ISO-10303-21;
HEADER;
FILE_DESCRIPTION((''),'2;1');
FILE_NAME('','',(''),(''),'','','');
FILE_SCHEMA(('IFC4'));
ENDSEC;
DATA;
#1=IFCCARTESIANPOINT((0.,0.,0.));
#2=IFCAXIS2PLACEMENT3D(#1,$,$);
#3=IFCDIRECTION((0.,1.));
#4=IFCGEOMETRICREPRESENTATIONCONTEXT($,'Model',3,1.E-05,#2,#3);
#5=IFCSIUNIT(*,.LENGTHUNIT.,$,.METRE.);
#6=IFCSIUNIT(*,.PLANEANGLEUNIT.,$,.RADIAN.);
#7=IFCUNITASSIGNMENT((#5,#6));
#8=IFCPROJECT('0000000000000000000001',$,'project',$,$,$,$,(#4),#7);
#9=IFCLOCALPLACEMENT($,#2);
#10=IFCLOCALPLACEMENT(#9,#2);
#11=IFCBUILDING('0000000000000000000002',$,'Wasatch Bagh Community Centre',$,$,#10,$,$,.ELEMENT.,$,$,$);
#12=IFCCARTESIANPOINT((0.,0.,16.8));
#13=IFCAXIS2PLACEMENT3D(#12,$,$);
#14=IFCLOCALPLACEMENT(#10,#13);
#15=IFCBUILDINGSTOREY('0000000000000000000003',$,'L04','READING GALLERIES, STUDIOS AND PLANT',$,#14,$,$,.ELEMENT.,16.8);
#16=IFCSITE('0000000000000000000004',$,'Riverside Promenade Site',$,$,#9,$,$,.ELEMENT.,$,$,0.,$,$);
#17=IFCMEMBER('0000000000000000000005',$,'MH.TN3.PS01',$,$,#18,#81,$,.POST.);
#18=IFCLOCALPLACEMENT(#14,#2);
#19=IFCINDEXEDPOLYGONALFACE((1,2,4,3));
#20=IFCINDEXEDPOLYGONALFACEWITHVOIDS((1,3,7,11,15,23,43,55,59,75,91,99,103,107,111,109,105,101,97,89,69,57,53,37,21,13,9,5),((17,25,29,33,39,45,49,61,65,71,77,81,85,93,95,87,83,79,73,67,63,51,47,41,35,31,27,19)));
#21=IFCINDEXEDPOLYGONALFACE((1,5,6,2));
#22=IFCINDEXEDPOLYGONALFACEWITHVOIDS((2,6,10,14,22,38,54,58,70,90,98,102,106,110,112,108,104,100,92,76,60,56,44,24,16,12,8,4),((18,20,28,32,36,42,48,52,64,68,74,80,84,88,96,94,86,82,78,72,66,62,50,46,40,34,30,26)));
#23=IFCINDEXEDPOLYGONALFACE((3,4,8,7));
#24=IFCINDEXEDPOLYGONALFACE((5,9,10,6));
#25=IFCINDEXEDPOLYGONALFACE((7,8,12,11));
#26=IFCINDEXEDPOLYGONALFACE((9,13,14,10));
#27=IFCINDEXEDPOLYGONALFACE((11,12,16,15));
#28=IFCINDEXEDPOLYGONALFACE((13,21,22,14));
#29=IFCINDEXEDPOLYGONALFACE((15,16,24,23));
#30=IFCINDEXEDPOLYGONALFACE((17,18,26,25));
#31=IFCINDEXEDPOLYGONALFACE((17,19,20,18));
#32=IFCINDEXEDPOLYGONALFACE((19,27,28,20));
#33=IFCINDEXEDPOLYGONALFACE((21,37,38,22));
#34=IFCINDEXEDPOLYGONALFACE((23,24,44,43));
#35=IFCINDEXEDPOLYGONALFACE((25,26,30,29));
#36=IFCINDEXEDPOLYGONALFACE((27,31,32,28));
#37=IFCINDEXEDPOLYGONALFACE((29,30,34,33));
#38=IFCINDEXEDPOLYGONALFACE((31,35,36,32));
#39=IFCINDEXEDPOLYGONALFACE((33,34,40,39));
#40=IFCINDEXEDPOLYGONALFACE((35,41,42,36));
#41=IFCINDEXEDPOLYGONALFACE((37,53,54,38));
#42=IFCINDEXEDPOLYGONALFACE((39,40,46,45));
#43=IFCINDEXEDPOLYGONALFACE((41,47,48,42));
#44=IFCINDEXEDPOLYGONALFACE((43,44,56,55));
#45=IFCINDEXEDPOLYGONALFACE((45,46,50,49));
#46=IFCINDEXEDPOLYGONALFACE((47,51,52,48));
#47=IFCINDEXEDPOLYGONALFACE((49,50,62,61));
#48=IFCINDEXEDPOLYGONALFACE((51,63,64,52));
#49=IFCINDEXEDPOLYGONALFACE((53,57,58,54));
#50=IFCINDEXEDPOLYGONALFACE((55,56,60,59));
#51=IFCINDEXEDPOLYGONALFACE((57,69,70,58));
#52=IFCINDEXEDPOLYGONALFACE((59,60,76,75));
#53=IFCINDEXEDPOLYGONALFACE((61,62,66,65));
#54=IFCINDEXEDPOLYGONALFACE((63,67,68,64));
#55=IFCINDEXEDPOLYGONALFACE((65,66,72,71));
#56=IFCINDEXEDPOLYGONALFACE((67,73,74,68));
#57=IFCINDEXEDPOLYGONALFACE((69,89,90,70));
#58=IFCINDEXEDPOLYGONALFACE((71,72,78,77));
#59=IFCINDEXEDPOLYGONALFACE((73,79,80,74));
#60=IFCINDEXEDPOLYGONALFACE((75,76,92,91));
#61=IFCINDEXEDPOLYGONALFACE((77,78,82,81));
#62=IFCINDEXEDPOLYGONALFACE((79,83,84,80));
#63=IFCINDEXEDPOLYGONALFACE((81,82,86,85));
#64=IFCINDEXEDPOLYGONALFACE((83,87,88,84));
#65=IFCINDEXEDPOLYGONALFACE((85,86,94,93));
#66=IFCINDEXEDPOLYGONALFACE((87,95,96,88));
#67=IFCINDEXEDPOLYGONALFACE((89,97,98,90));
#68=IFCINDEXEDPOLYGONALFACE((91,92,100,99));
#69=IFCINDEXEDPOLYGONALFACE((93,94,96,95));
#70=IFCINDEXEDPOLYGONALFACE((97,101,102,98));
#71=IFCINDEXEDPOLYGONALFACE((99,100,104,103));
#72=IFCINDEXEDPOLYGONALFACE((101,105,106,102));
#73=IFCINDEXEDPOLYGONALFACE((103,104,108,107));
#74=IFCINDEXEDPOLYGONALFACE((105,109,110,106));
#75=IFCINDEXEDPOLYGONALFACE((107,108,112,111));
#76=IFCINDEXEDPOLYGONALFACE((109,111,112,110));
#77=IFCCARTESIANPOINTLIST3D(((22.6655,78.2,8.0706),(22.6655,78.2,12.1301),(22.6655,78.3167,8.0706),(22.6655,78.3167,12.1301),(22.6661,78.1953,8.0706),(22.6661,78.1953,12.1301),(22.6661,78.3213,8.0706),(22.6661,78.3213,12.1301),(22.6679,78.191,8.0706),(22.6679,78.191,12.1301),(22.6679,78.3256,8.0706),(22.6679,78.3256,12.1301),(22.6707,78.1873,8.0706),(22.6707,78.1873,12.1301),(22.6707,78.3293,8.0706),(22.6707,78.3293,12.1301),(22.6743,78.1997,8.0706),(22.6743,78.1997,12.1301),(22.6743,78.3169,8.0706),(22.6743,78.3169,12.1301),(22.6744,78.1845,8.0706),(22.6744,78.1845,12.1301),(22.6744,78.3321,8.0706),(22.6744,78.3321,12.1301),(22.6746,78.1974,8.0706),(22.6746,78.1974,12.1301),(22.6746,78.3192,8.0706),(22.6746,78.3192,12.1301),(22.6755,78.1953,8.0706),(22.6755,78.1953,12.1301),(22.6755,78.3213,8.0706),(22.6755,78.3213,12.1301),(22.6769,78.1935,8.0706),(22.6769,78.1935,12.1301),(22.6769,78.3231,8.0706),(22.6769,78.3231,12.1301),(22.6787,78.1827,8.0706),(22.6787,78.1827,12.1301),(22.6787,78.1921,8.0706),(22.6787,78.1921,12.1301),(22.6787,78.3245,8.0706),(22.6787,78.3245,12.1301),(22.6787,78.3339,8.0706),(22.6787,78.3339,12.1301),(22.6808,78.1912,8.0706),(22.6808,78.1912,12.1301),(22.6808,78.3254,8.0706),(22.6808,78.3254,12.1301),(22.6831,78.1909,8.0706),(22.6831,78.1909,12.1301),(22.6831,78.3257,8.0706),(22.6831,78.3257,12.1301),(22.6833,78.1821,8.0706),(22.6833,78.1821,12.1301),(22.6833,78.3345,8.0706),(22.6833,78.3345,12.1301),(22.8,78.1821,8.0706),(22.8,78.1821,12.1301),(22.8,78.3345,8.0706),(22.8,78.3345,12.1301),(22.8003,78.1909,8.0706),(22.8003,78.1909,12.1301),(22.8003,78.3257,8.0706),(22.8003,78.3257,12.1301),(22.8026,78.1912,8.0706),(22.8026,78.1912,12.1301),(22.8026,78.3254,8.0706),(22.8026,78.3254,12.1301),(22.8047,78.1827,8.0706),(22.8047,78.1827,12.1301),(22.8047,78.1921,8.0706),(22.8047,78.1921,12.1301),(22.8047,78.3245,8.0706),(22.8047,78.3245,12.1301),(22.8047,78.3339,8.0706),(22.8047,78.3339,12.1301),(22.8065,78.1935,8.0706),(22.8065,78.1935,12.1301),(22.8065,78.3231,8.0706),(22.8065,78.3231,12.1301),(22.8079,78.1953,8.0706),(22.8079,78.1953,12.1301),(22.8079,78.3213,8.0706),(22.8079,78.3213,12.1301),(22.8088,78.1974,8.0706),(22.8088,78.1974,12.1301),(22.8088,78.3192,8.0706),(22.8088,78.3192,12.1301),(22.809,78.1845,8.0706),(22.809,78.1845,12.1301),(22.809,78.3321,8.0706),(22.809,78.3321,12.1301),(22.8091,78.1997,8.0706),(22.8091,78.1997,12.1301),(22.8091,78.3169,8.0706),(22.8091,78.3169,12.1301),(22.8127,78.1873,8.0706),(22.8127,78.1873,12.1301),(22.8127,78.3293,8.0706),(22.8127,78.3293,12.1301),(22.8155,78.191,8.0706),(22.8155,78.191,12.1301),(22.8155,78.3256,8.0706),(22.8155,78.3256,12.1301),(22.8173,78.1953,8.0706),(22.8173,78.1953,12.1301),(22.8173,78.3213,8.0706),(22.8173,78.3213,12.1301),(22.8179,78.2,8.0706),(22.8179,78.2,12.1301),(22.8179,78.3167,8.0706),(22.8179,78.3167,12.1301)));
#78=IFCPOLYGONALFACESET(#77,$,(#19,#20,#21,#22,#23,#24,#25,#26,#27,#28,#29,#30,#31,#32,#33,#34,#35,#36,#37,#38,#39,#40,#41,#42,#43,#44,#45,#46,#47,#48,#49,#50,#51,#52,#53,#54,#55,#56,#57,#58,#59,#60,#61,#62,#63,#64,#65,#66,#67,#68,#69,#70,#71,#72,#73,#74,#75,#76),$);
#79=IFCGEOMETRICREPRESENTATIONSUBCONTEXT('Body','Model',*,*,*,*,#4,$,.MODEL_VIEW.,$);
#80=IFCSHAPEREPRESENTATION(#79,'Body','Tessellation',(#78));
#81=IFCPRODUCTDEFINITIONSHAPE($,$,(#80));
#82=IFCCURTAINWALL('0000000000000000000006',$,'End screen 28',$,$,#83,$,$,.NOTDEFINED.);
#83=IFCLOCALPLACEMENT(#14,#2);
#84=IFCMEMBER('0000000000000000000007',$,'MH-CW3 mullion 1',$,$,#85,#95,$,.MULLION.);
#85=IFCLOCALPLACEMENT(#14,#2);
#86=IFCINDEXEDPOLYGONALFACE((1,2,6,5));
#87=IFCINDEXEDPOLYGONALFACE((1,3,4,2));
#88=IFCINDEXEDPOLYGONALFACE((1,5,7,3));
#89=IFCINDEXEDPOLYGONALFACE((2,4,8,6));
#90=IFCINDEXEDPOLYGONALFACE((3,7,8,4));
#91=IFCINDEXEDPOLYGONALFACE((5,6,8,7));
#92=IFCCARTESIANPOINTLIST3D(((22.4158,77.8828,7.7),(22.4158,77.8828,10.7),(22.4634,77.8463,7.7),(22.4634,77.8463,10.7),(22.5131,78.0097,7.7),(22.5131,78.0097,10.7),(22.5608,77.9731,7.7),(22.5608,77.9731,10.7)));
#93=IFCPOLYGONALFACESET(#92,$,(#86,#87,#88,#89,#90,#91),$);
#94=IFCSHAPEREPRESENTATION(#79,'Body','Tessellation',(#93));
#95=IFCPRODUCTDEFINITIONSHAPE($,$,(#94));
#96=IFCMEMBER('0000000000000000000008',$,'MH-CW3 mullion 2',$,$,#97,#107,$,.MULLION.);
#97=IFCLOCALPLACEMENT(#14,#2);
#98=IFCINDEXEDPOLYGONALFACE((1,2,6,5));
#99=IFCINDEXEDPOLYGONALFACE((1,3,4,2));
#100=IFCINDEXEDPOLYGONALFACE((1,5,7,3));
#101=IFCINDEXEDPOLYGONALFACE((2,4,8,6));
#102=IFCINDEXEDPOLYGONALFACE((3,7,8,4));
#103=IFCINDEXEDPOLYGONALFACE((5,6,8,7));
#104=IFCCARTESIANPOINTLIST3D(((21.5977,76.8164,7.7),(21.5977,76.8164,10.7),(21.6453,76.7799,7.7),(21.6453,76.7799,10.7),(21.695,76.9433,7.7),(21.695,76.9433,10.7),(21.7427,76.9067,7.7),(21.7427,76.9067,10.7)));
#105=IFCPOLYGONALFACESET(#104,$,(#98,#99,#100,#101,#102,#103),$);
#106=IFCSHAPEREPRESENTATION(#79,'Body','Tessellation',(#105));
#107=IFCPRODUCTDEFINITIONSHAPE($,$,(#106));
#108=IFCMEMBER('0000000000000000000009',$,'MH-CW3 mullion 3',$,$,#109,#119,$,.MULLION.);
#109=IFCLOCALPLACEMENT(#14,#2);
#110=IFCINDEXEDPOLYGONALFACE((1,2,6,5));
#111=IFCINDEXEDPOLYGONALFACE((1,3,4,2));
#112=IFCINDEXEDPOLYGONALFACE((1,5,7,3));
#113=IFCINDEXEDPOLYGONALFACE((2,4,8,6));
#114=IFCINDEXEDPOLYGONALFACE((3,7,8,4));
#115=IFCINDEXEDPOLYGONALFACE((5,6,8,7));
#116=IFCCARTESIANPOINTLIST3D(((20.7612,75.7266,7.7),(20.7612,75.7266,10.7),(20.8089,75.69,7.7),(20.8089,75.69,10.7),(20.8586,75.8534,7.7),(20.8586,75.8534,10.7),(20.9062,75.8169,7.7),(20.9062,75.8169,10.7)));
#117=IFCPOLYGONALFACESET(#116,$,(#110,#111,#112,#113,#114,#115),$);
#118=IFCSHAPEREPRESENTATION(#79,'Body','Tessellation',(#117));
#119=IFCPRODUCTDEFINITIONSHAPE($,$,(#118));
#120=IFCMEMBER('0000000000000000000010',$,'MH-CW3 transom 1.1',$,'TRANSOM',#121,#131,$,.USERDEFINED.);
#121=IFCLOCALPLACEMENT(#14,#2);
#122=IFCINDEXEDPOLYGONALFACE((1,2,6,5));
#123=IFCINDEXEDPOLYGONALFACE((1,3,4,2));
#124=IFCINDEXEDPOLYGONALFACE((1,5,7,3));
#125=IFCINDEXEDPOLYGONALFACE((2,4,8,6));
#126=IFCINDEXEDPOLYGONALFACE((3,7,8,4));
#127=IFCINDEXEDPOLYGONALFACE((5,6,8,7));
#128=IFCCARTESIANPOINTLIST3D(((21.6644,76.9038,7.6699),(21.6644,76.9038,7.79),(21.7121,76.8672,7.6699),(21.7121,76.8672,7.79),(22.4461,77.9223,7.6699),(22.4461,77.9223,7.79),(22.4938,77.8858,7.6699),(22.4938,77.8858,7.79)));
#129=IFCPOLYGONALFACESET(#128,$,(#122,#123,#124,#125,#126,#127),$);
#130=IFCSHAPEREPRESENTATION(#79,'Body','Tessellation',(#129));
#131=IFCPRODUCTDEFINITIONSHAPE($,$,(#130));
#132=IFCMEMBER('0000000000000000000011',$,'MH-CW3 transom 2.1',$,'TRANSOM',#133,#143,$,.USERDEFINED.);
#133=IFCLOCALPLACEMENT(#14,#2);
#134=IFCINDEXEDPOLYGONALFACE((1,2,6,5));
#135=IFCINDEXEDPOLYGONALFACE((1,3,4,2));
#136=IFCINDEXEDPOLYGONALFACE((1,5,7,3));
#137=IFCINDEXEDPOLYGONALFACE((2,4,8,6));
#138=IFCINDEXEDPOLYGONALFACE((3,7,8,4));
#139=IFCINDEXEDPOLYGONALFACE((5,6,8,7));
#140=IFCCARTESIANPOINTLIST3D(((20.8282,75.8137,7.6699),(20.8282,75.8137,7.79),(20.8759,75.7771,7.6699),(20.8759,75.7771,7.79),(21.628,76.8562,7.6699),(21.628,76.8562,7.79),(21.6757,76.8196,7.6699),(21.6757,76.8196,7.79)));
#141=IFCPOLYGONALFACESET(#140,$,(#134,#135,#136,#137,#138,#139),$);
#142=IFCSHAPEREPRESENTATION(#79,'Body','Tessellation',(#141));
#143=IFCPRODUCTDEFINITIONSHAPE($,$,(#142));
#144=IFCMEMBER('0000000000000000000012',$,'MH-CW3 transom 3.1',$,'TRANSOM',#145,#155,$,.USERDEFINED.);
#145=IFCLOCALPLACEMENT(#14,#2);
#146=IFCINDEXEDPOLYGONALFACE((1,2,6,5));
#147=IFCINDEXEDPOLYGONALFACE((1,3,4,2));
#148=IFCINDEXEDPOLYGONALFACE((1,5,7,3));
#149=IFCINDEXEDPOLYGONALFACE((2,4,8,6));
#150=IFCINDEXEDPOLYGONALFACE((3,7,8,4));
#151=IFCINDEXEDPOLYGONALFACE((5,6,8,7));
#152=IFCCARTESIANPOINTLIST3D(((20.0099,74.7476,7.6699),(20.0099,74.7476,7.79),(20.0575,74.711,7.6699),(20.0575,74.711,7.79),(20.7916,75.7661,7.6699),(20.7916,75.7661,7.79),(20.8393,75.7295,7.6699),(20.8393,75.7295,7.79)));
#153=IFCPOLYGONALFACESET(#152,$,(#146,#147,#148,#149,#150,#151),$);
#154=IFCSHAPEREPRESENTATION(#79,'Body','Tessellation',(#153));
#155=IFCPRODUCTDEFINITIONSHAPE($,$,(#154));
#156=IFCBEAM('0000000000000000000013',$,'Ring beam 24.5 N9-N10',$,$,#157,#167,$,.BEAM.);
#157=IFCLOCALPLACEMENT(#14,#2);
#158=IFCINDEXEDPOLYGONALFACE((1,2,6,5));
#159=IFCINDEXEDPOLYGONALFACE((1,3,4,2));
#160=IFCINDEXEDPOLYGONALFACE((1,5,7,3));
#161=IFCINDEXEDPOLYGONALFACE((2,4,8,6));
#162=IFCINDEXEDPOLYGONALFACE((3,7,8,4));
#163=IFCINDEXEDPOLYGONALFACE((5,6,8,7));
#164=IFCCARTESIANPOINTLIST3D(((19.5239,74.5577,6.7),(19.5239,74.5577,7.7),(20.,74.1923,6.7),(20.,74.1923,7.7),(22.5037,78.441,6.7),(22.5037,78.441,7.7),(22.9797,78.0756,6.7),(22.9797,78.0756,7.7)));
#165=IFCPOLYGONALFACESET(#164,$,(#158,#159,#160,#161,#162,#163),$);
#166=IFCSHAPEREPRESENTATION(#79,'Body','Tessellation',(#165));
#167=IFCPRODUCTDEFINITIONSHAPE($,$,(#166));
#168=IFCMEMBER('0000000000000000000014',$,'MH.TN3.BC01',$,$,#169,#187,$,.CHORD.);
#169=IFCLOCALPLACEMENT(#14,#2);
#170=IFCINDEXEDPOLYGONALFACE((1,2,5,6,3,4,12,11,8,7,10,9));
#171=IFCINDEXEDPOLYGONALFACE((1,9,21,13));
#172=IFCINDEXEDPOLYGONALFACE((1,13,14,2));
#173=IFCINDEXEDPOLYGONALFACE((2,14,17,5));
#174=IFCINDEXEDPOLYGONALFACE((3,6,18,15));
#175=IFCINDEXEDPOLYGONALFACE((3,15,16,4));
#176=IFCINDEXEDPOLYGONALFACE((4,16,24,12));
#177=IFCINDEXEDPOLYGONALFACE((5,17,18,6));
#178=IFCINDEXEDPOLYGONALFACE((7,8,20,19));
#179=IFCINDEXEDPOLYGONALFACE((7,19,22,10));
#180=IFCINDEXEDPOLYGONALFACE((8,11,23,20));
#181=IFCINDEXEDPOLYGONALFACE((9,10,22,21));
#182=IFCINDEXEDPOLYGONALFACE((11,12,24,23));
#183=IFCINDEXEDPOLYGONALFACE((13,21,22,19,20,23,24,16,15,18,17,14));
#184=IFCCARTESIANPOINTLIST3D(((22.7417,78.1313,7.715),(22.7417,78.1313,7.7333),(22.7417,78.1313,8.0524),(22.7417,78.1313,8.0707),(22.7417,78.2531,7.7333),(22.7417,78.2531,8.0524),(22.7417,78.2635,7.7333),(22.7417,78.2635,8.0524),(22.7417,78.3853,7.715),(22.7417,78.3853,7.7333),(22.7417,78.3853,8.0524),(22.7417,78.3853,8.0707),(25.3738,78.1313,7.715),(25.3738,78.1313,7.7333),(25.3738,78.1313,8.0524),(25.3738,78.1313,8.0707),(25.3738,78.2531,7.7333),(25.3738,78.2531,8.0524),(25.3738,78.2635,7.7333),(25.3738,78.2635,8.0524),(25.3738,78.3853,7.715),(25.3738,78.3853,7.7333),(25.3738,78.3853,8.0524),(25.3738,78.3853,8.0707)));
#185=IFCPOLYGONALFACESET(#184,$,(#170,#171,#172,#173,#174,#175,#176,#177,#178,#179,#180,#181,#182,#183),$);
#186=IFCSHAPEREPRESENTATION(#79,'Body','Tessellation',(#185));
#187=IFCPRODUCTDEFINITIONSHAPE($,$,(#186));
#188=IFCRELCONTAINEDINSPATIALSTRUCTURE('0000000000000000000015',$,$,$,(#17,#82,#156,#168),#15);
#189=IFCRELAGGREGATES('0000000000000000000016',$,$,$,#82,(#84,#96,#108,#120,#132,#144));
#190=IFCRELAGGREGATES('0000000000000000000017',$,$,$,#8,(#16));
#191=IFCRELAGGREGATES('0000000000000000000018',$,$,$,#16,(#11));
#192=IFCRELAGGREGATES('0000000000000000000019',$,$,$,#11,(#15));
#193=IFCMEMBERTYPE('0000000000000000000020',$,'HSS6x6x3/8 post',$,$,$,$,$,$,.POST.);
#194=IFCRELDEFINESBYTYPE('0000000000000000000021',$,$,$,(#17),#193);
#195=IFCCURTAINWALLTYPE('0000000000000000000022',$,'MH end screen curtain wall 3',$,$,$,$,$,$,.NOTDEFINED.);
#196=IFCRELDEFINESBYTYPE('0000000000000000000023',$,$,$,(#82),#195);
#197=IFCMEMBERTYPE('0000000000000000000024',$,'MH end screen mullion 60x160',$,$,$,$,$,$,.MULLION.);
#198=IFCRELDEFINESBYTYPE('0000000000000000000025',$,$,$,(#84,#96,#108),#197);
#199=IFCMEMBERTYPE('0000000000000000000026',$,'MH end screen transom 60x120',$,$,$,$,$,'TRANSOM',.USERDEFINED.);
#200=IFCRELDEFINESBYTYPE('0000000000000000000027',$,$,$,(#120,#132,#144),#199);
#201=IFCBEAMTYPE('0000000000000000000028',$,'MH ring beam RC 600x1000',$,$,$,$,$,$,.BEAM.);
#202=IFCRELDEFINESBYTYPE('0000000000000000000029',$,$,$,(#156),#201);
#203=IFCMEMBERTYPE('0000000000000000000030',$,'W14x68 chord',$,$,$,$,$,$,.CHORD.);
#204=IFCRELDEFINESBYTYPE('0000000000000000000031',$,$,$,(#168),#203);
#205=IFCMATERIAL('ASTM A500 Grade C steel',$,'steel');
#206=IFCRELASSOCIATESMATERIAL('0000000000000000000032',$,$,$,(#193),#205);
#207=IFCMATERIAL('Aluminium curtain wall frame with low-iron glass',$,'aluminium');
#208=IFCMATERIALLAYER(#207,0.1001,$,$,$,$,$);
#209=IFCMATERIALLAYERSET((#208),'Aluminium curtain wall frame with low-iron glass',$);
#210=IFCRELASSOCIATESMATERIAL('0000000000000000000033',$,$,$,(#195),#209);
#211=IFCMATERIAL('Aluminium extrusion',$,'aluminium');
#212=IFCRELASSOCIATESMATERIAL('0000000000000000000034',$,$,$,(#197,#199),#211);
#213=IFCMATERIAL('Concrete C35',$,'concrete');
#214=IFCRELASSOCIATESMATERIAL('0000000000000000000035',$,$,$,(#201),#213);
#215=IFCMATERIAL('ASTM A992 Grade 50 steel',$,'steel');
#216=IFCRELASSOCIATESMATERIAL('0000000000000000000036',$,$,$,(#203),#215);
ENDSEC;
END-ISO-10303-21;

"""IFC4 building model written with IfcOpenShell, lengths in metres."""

from ifc_helpers import new_model, si_unit, direction, frame, origin, origin_2d, place, context, subcontext, project, spatial, rectangle, hollow_rectangle, i_section, extrude, material, layer, layer_set, material_profile, profile_set, type_object, element, aggregate, save


model = new_model("IFC4")

# Units and contexts
model_context = context("Model", 3, precision=1e-05, world=origin(), true_north=direction((0.0, 1.0)))
body_context = subcontext(model_context, "Body", "Model", "MODEL_VIEW")
ifc_project = project(units=[si_unit("LENGTHUNIT", "METRE"), si_unit("PLANEANGLEUNIT", "RADIAN")], contexts=[model_context])

# Site, building, storey
site_placement = place(None, origin())
site = spatial("IfcSite", under=ifc_project, at=site_placement, Name="Riverside Promenade Site", CompositionType="ELEMENT", RefElevation=0.0)
building_placement = place(site_placement, origin())
building = spatial("IfcBuilding", under=site, at=building_placement, Name="Wasatch Bagh Community Centre", CompositionType="ELEMENT")
storey_placement = place(building_placement, frame((0.0, 0.0, 16.8)))
storey = spatial("IfcBuildingStorey", under=building, at=storey_placement, Name="L04", Description="READING GALLERIES, STUDIOS AND PLANT", CompositionType="ELEMENT", Elevation=16.8)

# Member
ifc_material_1 = material(Name="ASTM A500 Grade C steel", Category="steel")
ifc_material_profile_1 = material_profile(ifc_material_1, hollow_rectangle(XDim=0.1523, YDim=0.1523, WallThickness=0.0088, InnerFilletRadius=0.0088, OuterFilletRadius=0.0178, at=origin_2d()), Name="HSS6x6x3/8")
ifc_profile_set_1 = profile_set([ifc_material_profile_1], Name="ASTM A500 Grade C steel")
member_type_1 = type_object("IfcMemberType", Name="HSS6x6x3/8 post", PredefinedType="POST", material=ifc_profile_set_1)
member_1_placement = place(storey_placement, frame((22.7417, 78.2583, 8.0706), z_axis=(0.0, 0.0, 1.0), x_axis=(1.0, 0.0, 0.0)))
element("IfcMember", 1, at=member_1_placement, inside=storey, type_object=member_type_1, Name="MH.TN3.PS01", PredefinedType="POST", context=body_context, shape_type="SweptSolid", body=[
    extrude(hollow_rectangle(XDim=0.1523, YDim=0.1523, WallThickness=0.0088, InnerFilletRadius=0.0088, OuterFilletRadius=0.0178, at=origin_2d()), origin(), (0.0, 0.0, 1.0), 4.0596),
])

# Curtain wall, members
ifc_material_2 = material(Name="Aluminium curtain wall frame with low-iron glass", Category="aluminium")
ifc_layer_1 = layer(ifc_material_2, 0.1001)
ifc_layer_set_1 = layer_set([ifc_layer_1], Name="Aluminium curtain wall frame with low-iron glass")
curtain_wall_type = type_object("IfcCurtainWallType", Name="MH end screen curtain wall 3", PredefinedType="NOTDEFINED", material=ifc_layer_set_1)
curtain_wall_placement = place(storey_placement, origin())
curtain_wall = element("IfcCurtainWall", 2, at=curtain_wall_placement, inside=storey, type_object=curtain_wall_type, Name="End screen 28", PredefinedType="NOTDEFINED")
ifc_material_3 = material(Name="Aluminium extrusion", Category="aluminium")
ifc_material_profile_2 = material_profile(ifc_material_3, rectangle(XDim=0.0601, YDim=0.1599, at=origin_2d()), Name="AL 60x160")
ifc_profile_set_2 = profile_set([ifc_material_profile_2], Name="Aluminium extrusion")
member_type_2 = type_object("IfcMemberType", Name="MH end screen mullion 60x160", PredefinedType="MULLION", material=ifc_profile_set_2)
member_2_placement = place(storey_placement, frame((22.4883, 77.928, 7.7), z_axis=(0.0, 0.0, 1.0), x_axis=(0.793353, -0.608761, 0.0)))
member_2 = element("IfcMember", 3, at=member_2_placement, type_object=member_type_2, Name="MH-CW3 mullion 1", PredefinedType="MULLION", context=body_context, shape_type="SweptSolid", body=[
    extrude(rectangle(XDim=0.0601, YDim=0.1599, at=origin_2d()), origin(), (0.0, 0.0, 1.0), 3.0),
])
member_3_placement = place(storey_placement, frame((21.6702, 76.8616, 7.7), z_axis=(0.0, 0.0, 1.0), x_axis=(0.793353, -0.608761, 0.0)))
member_3 = element("IfcMember", 4, at=member_3_placement, type_object=member_type_2, Name="MH-CW3 mullion 2", PredefinedType="MULLION", context=body_context, shape_type="SweptSolid", body=[
    extrude(rectangle(XDim=0.0601, YDim=0.1599, at=origin_2d()), origin(), (0.0, 0.0, 1.0), 3.0),
])
member_4_placement = place(storey_placement, frame((20.8337, 75.7717, 7.7), z_axis=(0.0, 0.0, 1.0), x_axis=(0.793353, -0.608761, 0.0)))
member_4 = element("IfcMember", 5, at=member_4_placement, type_object=member_type_2, Name="MH-CW3 mullion 3", PredefinedType="MULLION", context=body_context, shape_type="SweptSolid", body=[
    extrude(rectangle(XDim=0.0601, YDim=0.1599, at=origin_2d()), origin(), (0.0, 0.0, 1.0), 3.0),
])
ifc_material_profile_3 = material_profile(ifc_material_3, rectangle(XDim=0.0601, YDim=0.1201, at=origin_2d()), Name="AL 60x120")
ifc_profile_set_3 = profile_set([ifc_material_profile_3], Name="Aluminium extrusion")
member_type_3 = type_object("IfcMemberType", Name="MH end screen transom 60x120", ElementType="TRANSOM", PredefinedType="USERDEFINED", material=ifc_profile_set_3)
member_5_placement = place(storey_placement, frame((22.47, 77.9041, 7.73), z_axis=(-0.608847, -0.793288, 0.0), x_axis=(0.793288, -0.608847, 0.0)))
member_5 = element("IfcMember", 6, at=member_5_placement, type_object=member_type_3, Name="MH-CW3 transom 1.1", ObjectType="TRANSOM", PredefinedType="USERDEFINED", context=body_context, shape_type="SweptSolid", body=[
    extrude(rectangle(XDim=0.0601, YDim=0.1201, at=origin_2d()), origin(), (0.0, 0.0, 1.0), 1.2839),
])
member_6_placement = place(storey_placement, frame((21.6519, 76.8379, 7.73), z_axis=(-0.608705, -0.793397, 0.0), x_axis=(0.793397, -0.608705, 0.0)))
member_6 = element("IfcMember", 7, at=member_6_placement, type_object=member_type_3, Name="MH-CW3 transom 2.1", ObjectType="TRANSOM", PredefinedType="USERDEFINED", context=body_context, shape_type="SweptSolid", body=[
    extrude(rectangle(XDim=0.0601, YDim=0.1201, at=origin_2d()), origin(), (0.0, 0.0, 1.0), 1.314),
])
member_7_placement = place(storey_placement, frame((20.8154, 75.7478, 7.73), z_axis=(-0.608847, -0.793288, 0.0), x_axis=(0.793288, -0.608847, 0.0)))
member_7 = element("IfcMember", 8, at=member_7_placement, type_object=member_type_3, Name="MH-CW3 transom 3.1", ObjectType="TRANSOM", PredefinedType="USERDEFINED", context=body_context, shape_type="SweptSolid", body=[
    extrude(rectangle(XDim=0.0601, YDim=0.1201, at=origin_2d()), origin(), (0.0, 0.0, 1.0), 1.2839),
])

# Beam
ifc_material_4 = material(Name="Concrete C35", Category="concrete")
ifc_material_profile_4 = material_profile(ifc_material_4, rectangle(XDim=0.6001, YDim=1.0, at=origin_2d()), Name="RC 600x1000")
ifc_profile_set_4 = profile_set([ifc_material_profile_4], Name="Concrete C35")
beam_type = type_object("IfcBeamType", Name="MH ring beam RC 600x1000", PredefinedType="BEAM", material=ifc_profile_set_4)
beam_placement = place(storey_placement, frame((22.7417, 78.2583, 7.2), z_axis=(-0.608758, -0.793356, 0.0), x_axis=(0.793356, -0.608758, 0.0)))
element("IfcBeam", 9, at=beam_placement, inside=storey, type_object=beam_type, Name="Ring beam 24.5 N9-N10", PredefinedType="BEAM", context=body_context, shape_type="SweptSolid", body=[
    extrude(rectangle(XDim=0.6001, YDim=1.0, at=origin_2d()), origin(), (0.0, 0.0, 1.0), 4.8948),
])

# Member
ifc_material_5 = material(Name="ASTM A992 Grade 50 steel", Category="steel")
ifc_material_profile_5 = material_profile(ifc_material_5, i_section(OverallWidth=0.2539, OverallDepth=0.3557, WebThickness=0.0105, FlangeThickness=0.0183, at=origin_2d()), Name="W14x68")
ifc_profile_set_5 = profile_set([ifc_material_profile_5], Name="ASTM A992 Grade 50 steel")
member_type_4 = type_object("IfcMemberType", Name="W14x68 chord", PredefinedType="CHORD", material=ifc_profile_set_5)
member_8_placement = place(storey_placement, frame((22.7417, 78.2583, 7.8928), z_axis=(1.0, 0.0, 0.0), x_axis=(0.0, 1.0, 0.0)))
element("IfcMember", 10, at=member_8_placement, inside=storey, type_object=member_type_4, Name="MH.TN3.BC01", PredefinedType="CHORD", context=body_context, shape_type="SweptSolid", body=[
    extrude(i_section(OverallWidth=0.2539, OverallDepth=0.3557, WebThickness=0.0105, FlangeThickness=0.0183, at=origin_2d()), origin(), (0.0, 0.0, 1.0), 2.6321),
])

aggregate(curtain_wall, [member_2, member_3, member_4, member_5, member_6, member_7])

save(model, "model.ifc")
